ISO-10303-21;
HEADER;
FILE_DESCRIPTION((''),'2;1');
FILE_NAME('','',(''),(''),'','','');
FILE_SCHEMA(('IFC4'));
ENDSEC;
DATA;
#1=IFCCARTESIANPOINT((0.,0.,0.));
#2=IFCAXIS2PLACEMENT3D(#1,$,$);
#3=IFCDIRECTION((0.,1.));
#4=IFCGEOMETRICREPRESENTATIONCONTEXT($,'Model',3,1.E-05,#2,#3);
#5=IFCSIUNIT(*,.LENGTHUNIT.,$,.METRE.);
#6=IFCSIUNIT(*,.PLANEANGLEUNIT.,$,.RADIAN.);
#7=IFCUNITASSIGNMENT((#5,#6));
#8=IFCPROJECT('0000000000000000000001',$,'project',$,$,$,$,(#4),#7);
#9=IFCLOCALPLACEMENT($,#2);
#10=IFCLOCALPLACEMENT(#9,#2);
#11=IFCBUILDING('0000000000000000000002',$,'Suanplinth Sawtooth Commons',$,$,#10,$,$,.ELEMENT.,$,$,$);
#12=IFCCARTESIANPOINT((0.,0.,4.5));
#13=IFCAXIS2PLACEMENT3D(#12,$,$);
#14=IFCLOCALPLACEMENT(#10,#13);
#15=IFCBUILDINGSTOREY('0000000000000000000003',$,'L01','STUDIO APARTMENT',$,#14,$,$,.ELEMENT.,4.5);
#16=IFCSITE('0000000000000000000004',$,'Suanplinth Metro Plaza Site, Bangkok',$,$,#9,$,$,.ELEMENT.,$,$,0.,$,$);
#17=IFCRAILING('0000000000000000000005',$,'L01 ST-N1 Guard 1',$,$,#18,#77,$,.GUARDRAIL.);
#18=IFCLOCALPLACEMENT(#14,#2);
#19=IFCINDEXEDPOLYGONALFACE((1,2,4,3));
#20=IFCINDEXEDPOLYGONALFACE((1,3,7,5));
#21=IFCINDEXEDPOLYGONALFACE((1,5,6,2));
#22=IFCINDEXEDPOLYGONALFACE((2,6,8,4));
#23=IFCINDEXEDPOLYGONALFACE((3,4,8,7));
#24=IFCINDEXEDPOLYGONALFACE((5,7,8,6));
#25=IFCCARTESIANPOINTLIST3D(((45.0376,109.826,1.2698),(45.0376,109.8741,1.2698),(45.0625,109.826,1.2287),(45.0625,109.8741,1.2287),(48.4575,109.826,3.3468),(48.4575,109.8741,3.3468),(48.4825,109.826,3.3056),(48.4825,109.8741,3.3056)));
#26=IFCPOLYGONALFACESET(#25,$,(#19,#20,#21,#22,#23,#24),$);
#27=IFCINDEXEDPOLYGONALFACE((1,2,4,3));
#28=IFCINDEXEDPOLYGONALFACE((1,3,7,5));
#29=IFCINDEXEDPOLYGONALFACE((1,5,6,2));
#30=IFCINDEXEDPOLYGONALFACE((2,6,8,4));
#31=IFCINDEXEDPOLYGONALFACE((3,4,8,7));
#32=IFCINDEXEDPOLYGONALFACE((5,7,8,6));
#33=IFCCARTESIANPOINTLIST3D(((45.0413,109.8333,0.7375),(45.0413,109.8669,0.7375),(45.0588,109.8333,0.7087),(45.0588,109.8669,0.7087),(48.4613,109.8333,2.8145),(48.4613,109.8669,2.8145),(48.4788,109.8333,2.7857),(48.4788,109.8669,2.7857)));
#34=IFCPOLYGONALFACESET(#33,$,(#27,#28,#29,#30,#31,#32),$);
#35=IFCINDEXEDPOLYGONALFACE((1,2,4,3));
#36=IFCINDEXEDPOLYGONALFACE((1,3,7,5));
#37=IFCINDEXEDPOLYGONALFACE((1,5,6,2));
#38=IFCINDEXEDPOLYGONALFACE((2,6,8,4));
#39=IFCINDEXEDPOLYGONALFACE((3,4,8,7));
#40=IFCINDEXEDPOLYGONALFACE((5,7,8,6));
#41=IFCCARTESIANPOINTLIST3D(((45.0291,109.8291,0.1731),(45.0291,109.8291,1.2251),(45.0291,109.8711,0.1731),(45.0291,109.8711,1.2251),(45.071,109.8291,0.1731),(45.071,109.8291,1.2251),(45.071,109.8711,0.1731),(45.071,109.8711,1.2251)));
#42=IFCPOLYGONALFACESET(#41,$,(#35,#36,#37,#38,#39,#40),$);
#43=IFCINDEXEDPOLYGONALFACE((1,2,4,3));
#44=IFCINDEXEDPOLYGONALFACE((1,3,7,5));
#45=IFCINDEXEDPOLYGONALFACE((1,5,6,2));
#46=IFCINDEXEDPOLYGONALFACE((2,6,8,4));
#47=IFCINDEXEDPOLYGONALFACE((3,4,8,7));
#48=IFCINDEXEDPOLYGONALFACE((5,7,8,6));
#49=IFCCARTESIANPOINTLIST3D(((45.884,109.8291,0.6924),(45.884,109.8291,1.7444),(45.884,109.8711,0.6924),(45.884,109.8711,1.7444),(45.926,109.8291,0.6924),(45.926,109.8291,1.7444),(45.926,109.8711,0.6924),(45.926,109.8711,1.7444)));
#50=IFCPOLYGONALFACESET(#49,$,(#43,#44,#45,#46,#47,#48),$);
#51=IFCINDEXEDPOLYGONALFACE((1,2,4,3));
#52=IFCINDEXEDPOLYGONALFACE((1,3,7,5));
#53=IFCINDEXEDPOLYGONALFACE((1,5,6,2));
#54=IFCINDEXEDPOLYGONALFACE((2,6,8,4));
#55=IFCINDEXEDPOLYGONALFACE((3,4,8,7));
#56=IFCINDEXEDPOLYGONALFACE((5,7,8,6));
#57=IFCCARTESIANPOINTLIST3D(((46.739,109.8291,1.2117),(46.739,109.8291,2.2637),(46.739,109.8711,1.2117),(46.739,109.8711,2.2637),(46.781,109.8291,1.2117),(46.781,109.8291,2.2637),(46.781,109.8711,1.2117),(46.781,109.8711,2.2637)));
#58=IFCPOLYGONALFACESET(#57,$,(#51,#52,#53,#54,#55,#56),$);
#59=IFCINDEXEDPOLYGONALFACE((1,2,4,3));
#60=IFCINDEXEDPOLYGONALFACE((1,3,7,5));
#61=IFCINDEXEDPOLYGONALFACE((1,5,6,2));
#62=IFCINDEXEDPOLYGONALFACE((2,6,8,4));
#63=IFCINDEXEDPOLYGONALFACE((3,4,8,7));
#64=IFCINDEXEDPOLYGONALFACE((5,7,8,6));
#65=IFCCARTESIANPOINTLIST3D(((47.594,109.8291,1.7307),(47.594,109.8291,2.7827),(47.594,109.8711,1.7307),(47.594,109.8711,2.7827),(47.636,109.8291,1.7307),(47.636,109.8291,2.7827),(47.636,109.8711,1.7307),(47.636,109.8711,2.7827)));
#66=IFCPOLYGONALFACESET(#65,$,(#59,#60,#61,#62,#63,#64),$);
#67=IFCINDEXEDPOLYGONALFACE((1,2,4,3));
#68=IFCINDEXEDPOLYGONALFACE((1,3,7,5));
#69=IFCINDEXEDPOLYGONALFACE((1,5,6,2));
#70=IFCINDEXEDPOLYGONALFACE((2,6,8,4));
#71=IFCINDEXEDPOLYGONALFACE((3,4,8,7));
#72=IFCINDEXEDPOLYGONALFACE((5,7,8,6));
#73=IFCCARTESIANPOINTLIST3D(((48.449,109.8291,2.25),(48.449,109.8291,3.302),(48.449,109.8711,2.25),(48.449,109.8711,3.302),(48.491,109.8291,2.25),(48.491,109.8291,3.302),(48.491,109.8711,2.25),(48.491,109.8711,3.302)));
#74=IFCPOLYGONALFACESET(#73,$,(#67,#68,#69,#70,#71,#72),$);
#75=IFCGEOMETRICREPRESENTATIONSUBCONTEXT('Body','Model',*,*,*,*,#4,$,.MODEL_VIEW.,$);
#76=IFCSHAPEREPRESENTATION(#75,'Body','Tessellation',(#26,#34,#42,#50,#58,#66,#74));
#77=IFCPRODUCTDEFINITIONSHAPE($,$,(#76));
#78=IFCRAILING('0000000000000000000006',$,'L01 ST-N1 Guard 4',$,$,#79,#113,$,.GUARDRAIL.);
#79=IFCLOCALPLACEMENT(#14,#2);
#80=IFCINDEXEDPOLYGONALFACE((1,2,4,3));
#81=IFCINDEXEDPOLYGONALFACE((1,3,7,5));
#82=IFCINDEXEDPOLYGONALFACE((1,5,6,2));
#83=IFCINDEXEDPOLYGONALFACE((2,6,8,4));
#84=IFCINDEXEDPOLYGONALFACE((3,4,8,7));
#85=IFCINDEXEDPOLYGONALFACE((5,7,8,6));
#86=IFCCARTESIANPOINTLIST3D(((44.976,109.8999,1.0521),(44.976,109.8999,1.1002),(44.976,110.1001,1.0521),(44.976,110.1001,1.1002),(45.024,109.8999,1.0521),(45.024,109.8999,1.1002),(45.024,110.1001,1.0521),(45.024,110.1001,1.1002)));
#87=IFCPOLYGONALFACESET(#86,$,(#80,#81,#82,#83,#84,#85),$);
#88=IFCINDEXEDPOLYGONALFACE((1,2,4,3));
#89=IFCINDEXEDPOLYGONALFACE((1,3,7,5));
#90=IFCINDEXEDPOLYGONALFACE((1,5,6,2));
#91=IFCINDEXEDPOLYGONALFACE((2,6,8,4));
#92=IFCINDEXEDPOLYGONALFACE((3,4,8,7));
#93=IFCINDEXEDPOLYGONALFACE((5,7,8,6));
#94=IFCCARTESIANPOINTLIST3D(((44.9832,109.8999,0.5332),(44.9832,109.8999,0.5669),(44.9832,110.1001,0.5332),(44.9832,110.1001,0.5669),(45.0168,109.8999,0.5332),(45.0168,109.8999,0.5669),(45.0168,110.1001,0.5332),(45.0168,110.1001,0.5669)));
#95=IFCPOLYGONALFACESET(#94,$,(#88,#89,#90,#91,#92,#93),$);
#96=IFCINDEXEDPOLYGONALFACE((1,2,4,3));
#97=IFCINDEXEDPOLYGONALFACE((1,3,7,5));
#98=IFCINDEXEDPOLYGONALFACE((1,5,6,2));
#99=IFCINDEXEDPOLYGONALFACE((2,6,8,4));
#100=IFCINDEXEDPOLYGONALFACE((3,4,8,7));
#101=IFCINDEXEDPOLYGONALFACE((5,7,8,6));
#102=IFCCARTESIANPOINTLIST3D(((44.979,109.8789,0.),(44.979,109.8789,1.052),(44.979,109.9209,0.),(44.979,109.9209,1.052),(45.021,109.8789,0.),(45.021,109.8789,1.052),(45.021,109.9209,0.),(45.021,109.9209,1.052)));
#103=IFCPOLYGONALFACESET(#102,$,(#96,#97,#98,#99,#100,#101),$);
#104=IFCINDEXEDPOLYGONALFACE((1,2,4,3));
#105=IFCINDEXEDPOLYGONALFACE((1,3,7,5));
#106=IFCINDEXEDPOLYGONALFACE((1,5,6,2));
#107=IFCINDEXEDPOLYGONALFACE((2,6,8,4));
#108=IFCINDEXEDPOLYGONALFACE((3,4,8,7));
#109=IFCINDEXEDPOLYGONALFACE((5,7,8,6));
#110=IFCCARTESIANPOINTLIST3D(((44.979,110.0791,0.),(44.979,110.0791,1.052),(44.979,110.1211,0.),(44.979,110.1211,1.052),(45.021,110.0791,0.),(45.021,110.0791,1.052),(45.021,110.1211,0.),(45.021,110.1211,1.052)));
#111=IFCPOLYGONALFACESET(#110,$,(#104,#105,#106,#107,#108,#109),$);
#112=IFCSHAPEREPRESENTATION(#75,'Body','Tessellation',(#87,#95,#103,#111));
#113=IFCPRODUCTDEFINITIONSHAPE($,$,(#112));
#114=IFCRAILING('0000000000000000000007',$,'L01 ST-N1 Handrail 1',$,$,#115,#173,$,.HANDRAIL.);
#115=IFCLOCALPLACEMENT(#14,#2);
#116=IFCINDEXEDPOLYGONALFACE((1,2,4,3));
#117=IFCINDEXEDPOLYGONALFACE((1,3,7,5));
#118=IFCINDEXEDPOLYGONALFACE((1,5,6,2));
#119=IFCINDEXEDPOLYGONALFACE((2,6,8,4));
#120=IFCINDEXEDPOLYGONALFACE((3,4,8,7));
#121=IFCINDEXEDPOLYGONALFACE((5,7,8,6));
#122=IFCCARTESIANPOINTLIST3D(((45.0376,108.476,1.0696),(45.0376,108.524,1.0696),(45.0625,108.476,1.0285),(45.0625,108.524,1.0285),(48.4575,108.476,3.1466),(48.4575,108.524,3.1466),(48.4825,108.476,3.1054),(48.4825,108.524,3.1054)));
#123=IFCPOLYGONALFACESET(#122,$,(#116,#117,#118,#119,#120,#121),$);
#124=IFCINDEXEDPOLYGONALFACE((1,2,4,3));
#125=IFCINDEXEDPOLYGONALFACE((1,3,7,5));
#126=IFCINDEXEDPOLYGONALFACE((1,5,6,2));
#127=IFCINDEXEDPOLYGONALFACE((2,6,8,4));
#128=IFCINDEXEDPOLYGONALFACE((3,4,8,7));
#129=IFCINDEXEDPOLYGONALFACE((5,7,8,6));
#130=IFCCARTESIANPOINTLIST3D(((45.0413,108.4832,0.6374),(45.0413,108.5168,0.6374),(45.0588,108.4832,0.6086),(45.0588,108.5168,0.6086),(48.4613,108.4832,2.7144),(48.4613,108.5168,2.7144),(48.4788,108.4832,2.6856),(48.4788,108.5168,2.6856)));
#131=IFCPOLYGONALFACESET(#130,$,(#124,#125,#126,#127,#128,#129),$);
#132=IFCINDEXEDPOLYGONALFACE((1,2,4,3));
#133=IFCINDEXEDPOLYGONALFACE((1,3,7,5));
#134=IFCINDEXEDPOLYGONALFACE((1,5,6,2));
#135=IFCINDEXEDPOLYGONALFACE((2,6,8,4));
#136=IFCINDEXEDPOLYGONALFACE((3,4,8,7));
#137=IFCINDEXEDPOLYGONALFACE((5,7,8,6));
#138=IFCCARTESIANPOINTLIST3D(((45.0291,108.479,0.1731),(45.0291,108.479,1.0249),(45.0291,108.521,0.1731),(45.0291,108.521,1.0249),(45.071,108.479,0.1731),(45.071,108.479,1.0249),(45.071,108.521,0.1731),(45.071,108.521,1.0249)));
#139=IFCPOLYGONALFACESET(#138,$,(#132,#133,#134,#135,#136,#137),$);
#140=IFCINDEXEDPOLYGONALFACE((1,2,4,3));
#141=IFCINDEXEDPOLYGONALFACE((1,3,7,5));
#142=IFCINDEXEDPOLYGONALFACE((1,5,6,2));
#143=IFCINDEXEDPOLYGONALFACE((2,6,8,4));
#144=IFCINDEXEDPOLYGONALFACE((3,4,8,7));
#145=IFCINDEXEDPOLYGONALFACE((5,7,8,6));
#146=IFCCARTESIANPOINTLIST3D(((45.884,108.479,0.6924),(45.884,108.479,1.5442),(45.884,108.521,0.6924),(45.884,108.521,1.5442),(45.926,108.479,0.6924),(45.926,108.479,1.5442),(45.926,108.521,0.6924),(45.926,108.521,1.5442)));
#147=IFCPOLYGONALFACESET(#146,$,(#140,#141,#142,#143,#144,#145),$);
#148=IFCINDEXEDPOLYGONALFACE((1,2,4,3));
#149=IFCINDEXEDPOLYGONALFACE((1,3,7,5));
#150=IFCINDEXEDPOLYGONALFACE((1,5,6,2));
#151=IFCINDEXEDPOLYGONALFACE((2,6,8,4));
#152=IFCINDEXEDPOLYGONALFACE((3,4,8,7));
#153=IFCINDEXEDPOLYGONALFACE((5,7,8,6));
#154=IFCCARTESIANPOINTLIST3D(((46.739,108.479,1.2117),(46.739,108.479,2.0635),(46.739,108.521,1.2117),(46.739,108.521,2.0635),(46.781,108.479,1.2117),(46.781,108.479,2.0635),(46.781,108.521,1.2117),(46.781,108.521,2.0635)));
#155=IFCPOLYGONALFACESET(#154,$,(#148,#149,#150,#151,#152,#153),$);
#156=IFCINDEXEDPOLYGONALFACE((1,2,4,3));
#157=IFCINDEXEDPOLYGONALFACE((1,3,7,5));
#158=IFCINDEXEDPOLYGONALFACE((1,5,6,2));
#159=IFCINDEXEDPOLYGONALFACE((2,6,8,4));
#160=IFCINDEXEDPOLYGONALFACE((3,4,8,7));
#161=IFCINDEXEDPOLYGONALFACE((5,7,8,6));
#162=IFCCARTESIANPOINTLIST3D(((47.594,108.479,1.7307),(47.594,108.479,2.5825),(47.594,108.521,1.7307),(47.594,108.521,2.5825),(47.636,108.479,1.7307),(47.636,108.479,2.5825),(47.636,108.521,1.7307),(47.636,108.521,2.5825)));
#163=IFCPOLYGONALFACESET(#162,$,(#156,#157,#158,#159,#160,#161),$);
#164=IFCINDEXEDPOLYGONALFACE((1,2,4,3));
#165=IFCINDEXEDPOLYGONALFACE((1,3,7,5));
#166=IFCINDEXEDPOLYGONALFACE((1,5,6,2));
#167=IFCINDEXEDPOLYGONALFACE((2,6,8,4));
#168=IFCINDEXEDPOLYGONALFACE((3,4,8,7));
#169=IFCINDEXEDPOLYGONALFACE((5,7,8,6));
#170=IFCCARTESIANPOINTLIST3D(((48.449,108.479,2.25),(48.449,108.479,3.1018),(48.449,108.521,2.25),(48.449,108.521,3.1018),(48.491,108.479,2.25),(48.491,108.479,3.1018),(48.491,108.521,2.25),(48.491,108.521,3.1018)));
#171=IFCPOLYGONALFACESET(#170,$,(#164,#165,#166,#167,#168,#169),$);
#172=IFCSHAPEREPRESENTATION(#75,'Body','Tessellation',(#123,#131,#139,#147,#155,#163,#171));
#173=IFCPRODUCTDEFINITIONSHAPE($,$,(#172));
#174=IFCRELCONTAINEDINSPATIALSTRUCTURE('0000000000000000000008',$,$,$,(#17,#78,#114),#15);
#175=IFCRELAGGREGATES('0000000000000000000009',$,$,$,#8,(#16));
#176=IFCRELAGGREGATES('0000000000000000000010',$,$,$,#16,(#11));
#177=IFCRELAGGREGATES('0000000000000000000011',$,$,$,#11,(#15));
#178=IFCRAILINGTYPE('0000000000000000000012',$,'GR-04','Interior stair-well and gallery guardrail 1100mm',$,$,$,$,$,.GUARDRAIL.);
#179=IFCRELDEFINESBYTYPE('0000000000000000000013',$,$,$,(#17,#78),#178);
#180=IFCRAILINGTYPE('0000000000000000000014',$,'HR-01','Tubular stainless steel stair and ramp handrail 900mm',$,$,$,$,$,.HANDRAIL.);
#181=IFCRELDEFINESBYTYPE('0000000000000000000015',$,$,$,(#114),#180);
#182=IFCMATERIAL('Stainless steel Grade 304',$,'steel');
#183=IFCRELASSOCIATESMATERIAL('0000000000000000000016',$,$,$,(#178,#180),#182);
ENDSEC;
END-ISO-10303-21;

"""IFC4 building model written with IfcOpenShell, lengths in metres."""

from ifc_helpers import new_model, si_unit, direction, frame, origin, origin_2d, place, context, subcontext, project, spatial, rectangle, extrude, material, type_object, element, save


model = new_model("IFC4")

# Units and contexts
model_context = context("Model", 3, precision=1e-05, world=origin(), true_north=direction((0.0, 1.0)))
body_context = subcontext(model_context, "Body", "Model", "MODEL_VIEW")
ifc_project = project(units=[si_unit("LENGTHUNIT", "METRE"), si_unit("PLANEANGLEUNIT", "RADIAN")], contexts=[model_context])

# Site, building, storey
site_placement = place(None, origin())
site = spatial("IfcSite", under=ifc_project, at=site_placement, Name="Suanplinth Metro Plaza Site, Bangkok", CompositionType="ELEMENT", RefElevation=0.0)
building_placement = place(site_placement, origin())
building = spatial("IfcBuilding", under=site, at=building_placement, Name="Suanplinth Sawtooth Commons", CompositionType="ELEMENT")
storey_placement = place(building_placement, frame((0.0, 0.0, 4.5)))
storey = spatial("IfcBuildingStorey", under=building, at=storey_placement, Name="L01", Description="STUDIO APARTMENT", CompositionType="ELEMENT", Elevation=4.5)

# Railings
ifc_material_1 = material(Name="Stainless steel Grade 304", Category="steel")
railing_type_1 = type_object("IfcRailingType", Name="GR-04", Description="Interior stair-well and gallery guardrail 1100mm", PredefinedType="GUARDRAIL", material=ifc_material_1)
railing_1_placement = place(storey_placement, frame((45.05, 109.8501, 0.1731)))
element("IfcRailing", 1, at=railing_1_placement, inside=storey, type_object=railing_type_1, Name="L01 ST-N1 Guard 1", PredefinedType="GUARDRAIL", context=body_context, shape_type="SweptSolid", body=[
    extrude(rectangle(XDim=0.0481, YDim=0.0481, at=origin_2d()), frame((0.0, 0.0, 1.0762), z_axis=(0.85473, 0.0, 0.519074), x_axis=(0.0, 1.0, 0.0)), (0.0, 0.0, 1.0), 4.0012),
    extrude(rectangle(XDim=0.0337, YDim=0.0337, at=origin_2d()), frame((0.0, 0.0, 0.55), z_axis=(0.85473, 0.0, 0.519074), x_axis=(0.0, 1.0, 0.0)), (0.0, 0.0, 1.0), 4.0012),
    extrude(rectangle(XDim=0.042, YDim=0.042, at=origin_2d()), origin(), (0.0, 0.0, 1.0), 1.052),
    extrude(rectangle(XDim=0.042, YDim=0.042, at=origin_2d()), frame((0.855, 0.0, 0.5193)), (0.0, 0.0, 1.0), 1.052),
    extrude(rectangle(XDim=0.042, YDim=0.042, at=origin_2d()), frame((1.71, 0.0, 1.0386)), (0.0, 0.0, 1.0), 1.052),
    extrude(rectangle(XDim=0.042, YDim=0.042, at=origin_2d()), frame((2.5649, 0.0, 1.5576)), (0.0, 0.0, 1.0), 1.052),
    extrude(rectangle(XDim=0.042, YDim=0.042, at=origin_2d()), frame((3.4199, 0.0, 2.0769)), (0.0, 0.0, 1.0), 1.052),
])
railing_2_placement = place(storey_placement, frame((45.0, 109.8999, 0.0)))
element("IfcRailing", 2, at=railing_2_placement, inside=storey, type_object=railing_type_1, Name="L01 ST-N1 Guard 4", PredefinedType="GUARDRAIL", context=body_context, shape_type="SweptSolid", body=[
    extrude(rectangle(XDim=0.0481, YDim=0.0481, at=origin_2d()), frame((0.0, 0.0, 1.0762), z_axis=(0.0, 1.0, 0.0), x_axis=(-1.0, 0.0, 0.0)), (0.0, 0.0, 1.0), 0.2002),
    extrude(rectangle(XDim=0.0337, YDim=0.0337, at=origin_2d()), frame((0.0, 0.0, 0.55), z_axis=(0.0, 1.0, 0.0), x_axis=(-1.0, 0.0, 0.0)), (0.0, 0.0, 1.0), 0.2002),
    extrude(rectangle(XDim=0.042, YDim=0.042, at=origin_2d()), origin(), (0.0, 0.0, 1.0), 1.052),
    extrude(rectangle(XDim=0.042, YDim=0.042, at=origin_2d()), frame((0.0, 0.2002, 0.0)), (0.0, 0.0, 1.0), 1.052),
])
railing_type_2 = type_object("IfcRailingType", Name="HR-01", Description="Tubular stainless steel stair and ramp handrail 900mm", PredefinedType="HANDRAIL", material=ifc_material_1)
railing_3_placement = place(storey_placement, frame((45.05, 108.5, 0.1731)))
element("IfcRailing", 3, at=railing_3_placement, inside=storey, type_object=railing_type_2, Name="L01 ST-N1 Handrail 1", PredefinedType="HANDRAIL", context=body_context, shape_type="SweptSolid", body=[
    extrude(rectangle(XDim=0.0481, YDim=0.0481, at=origin_2d()), frame((0.0, 0.0, 0.876), z_axis=(0.85473, 0.0, 0.519074), x_axis=(0.0, 1.0, 0.0)), (0.0, 0.0, 1.0), 4.0012),
    extrude(rectangle(XDim=0.0337, YDim=0.0337, at=origin_2d()), frame((0.0, 0.0, 0.45), z_axis=(0.85473, 0.0, 0.519074), x_axis=(0.0, 1.0, 0.0)), (0.0, 0.0, 1.0), 4.0012),
    extrude(rectangle(XDim=0.042, YDim=0.042, at=origin_2d()), origin(), (0.0, 0.0, 1.0), 0.8518),
    extrude(rectangle(XDim=0.042, YDim=0.042, at=origin_2d()), frame((0.855, 0.0, 0.5193)), (0.0, 0.0, 1.0), 0.8518),
    extrude(rectangle(XDim=0.042, YDim=0.042, at=origin_2d()), frame((1.71, 0.0, 1.0386)), (0.0, 0.0, 1.0), 0.8518),
    extrude(rectangle(XDim=0.042, YDim=0.042, at=origin_2d()), frame((2.5649, 0.0, 1.5576)), (0.0, 0.0, 1.0), 0.8518),
    extrude(rectangle(XDim=0.042, YDim=0.042, at=origin_2d()), frame((3.4199, 0.0, 2.0769)), (0.0, 0.0, 1.0), 0.8518),
])

save(model, "model.ifc")
